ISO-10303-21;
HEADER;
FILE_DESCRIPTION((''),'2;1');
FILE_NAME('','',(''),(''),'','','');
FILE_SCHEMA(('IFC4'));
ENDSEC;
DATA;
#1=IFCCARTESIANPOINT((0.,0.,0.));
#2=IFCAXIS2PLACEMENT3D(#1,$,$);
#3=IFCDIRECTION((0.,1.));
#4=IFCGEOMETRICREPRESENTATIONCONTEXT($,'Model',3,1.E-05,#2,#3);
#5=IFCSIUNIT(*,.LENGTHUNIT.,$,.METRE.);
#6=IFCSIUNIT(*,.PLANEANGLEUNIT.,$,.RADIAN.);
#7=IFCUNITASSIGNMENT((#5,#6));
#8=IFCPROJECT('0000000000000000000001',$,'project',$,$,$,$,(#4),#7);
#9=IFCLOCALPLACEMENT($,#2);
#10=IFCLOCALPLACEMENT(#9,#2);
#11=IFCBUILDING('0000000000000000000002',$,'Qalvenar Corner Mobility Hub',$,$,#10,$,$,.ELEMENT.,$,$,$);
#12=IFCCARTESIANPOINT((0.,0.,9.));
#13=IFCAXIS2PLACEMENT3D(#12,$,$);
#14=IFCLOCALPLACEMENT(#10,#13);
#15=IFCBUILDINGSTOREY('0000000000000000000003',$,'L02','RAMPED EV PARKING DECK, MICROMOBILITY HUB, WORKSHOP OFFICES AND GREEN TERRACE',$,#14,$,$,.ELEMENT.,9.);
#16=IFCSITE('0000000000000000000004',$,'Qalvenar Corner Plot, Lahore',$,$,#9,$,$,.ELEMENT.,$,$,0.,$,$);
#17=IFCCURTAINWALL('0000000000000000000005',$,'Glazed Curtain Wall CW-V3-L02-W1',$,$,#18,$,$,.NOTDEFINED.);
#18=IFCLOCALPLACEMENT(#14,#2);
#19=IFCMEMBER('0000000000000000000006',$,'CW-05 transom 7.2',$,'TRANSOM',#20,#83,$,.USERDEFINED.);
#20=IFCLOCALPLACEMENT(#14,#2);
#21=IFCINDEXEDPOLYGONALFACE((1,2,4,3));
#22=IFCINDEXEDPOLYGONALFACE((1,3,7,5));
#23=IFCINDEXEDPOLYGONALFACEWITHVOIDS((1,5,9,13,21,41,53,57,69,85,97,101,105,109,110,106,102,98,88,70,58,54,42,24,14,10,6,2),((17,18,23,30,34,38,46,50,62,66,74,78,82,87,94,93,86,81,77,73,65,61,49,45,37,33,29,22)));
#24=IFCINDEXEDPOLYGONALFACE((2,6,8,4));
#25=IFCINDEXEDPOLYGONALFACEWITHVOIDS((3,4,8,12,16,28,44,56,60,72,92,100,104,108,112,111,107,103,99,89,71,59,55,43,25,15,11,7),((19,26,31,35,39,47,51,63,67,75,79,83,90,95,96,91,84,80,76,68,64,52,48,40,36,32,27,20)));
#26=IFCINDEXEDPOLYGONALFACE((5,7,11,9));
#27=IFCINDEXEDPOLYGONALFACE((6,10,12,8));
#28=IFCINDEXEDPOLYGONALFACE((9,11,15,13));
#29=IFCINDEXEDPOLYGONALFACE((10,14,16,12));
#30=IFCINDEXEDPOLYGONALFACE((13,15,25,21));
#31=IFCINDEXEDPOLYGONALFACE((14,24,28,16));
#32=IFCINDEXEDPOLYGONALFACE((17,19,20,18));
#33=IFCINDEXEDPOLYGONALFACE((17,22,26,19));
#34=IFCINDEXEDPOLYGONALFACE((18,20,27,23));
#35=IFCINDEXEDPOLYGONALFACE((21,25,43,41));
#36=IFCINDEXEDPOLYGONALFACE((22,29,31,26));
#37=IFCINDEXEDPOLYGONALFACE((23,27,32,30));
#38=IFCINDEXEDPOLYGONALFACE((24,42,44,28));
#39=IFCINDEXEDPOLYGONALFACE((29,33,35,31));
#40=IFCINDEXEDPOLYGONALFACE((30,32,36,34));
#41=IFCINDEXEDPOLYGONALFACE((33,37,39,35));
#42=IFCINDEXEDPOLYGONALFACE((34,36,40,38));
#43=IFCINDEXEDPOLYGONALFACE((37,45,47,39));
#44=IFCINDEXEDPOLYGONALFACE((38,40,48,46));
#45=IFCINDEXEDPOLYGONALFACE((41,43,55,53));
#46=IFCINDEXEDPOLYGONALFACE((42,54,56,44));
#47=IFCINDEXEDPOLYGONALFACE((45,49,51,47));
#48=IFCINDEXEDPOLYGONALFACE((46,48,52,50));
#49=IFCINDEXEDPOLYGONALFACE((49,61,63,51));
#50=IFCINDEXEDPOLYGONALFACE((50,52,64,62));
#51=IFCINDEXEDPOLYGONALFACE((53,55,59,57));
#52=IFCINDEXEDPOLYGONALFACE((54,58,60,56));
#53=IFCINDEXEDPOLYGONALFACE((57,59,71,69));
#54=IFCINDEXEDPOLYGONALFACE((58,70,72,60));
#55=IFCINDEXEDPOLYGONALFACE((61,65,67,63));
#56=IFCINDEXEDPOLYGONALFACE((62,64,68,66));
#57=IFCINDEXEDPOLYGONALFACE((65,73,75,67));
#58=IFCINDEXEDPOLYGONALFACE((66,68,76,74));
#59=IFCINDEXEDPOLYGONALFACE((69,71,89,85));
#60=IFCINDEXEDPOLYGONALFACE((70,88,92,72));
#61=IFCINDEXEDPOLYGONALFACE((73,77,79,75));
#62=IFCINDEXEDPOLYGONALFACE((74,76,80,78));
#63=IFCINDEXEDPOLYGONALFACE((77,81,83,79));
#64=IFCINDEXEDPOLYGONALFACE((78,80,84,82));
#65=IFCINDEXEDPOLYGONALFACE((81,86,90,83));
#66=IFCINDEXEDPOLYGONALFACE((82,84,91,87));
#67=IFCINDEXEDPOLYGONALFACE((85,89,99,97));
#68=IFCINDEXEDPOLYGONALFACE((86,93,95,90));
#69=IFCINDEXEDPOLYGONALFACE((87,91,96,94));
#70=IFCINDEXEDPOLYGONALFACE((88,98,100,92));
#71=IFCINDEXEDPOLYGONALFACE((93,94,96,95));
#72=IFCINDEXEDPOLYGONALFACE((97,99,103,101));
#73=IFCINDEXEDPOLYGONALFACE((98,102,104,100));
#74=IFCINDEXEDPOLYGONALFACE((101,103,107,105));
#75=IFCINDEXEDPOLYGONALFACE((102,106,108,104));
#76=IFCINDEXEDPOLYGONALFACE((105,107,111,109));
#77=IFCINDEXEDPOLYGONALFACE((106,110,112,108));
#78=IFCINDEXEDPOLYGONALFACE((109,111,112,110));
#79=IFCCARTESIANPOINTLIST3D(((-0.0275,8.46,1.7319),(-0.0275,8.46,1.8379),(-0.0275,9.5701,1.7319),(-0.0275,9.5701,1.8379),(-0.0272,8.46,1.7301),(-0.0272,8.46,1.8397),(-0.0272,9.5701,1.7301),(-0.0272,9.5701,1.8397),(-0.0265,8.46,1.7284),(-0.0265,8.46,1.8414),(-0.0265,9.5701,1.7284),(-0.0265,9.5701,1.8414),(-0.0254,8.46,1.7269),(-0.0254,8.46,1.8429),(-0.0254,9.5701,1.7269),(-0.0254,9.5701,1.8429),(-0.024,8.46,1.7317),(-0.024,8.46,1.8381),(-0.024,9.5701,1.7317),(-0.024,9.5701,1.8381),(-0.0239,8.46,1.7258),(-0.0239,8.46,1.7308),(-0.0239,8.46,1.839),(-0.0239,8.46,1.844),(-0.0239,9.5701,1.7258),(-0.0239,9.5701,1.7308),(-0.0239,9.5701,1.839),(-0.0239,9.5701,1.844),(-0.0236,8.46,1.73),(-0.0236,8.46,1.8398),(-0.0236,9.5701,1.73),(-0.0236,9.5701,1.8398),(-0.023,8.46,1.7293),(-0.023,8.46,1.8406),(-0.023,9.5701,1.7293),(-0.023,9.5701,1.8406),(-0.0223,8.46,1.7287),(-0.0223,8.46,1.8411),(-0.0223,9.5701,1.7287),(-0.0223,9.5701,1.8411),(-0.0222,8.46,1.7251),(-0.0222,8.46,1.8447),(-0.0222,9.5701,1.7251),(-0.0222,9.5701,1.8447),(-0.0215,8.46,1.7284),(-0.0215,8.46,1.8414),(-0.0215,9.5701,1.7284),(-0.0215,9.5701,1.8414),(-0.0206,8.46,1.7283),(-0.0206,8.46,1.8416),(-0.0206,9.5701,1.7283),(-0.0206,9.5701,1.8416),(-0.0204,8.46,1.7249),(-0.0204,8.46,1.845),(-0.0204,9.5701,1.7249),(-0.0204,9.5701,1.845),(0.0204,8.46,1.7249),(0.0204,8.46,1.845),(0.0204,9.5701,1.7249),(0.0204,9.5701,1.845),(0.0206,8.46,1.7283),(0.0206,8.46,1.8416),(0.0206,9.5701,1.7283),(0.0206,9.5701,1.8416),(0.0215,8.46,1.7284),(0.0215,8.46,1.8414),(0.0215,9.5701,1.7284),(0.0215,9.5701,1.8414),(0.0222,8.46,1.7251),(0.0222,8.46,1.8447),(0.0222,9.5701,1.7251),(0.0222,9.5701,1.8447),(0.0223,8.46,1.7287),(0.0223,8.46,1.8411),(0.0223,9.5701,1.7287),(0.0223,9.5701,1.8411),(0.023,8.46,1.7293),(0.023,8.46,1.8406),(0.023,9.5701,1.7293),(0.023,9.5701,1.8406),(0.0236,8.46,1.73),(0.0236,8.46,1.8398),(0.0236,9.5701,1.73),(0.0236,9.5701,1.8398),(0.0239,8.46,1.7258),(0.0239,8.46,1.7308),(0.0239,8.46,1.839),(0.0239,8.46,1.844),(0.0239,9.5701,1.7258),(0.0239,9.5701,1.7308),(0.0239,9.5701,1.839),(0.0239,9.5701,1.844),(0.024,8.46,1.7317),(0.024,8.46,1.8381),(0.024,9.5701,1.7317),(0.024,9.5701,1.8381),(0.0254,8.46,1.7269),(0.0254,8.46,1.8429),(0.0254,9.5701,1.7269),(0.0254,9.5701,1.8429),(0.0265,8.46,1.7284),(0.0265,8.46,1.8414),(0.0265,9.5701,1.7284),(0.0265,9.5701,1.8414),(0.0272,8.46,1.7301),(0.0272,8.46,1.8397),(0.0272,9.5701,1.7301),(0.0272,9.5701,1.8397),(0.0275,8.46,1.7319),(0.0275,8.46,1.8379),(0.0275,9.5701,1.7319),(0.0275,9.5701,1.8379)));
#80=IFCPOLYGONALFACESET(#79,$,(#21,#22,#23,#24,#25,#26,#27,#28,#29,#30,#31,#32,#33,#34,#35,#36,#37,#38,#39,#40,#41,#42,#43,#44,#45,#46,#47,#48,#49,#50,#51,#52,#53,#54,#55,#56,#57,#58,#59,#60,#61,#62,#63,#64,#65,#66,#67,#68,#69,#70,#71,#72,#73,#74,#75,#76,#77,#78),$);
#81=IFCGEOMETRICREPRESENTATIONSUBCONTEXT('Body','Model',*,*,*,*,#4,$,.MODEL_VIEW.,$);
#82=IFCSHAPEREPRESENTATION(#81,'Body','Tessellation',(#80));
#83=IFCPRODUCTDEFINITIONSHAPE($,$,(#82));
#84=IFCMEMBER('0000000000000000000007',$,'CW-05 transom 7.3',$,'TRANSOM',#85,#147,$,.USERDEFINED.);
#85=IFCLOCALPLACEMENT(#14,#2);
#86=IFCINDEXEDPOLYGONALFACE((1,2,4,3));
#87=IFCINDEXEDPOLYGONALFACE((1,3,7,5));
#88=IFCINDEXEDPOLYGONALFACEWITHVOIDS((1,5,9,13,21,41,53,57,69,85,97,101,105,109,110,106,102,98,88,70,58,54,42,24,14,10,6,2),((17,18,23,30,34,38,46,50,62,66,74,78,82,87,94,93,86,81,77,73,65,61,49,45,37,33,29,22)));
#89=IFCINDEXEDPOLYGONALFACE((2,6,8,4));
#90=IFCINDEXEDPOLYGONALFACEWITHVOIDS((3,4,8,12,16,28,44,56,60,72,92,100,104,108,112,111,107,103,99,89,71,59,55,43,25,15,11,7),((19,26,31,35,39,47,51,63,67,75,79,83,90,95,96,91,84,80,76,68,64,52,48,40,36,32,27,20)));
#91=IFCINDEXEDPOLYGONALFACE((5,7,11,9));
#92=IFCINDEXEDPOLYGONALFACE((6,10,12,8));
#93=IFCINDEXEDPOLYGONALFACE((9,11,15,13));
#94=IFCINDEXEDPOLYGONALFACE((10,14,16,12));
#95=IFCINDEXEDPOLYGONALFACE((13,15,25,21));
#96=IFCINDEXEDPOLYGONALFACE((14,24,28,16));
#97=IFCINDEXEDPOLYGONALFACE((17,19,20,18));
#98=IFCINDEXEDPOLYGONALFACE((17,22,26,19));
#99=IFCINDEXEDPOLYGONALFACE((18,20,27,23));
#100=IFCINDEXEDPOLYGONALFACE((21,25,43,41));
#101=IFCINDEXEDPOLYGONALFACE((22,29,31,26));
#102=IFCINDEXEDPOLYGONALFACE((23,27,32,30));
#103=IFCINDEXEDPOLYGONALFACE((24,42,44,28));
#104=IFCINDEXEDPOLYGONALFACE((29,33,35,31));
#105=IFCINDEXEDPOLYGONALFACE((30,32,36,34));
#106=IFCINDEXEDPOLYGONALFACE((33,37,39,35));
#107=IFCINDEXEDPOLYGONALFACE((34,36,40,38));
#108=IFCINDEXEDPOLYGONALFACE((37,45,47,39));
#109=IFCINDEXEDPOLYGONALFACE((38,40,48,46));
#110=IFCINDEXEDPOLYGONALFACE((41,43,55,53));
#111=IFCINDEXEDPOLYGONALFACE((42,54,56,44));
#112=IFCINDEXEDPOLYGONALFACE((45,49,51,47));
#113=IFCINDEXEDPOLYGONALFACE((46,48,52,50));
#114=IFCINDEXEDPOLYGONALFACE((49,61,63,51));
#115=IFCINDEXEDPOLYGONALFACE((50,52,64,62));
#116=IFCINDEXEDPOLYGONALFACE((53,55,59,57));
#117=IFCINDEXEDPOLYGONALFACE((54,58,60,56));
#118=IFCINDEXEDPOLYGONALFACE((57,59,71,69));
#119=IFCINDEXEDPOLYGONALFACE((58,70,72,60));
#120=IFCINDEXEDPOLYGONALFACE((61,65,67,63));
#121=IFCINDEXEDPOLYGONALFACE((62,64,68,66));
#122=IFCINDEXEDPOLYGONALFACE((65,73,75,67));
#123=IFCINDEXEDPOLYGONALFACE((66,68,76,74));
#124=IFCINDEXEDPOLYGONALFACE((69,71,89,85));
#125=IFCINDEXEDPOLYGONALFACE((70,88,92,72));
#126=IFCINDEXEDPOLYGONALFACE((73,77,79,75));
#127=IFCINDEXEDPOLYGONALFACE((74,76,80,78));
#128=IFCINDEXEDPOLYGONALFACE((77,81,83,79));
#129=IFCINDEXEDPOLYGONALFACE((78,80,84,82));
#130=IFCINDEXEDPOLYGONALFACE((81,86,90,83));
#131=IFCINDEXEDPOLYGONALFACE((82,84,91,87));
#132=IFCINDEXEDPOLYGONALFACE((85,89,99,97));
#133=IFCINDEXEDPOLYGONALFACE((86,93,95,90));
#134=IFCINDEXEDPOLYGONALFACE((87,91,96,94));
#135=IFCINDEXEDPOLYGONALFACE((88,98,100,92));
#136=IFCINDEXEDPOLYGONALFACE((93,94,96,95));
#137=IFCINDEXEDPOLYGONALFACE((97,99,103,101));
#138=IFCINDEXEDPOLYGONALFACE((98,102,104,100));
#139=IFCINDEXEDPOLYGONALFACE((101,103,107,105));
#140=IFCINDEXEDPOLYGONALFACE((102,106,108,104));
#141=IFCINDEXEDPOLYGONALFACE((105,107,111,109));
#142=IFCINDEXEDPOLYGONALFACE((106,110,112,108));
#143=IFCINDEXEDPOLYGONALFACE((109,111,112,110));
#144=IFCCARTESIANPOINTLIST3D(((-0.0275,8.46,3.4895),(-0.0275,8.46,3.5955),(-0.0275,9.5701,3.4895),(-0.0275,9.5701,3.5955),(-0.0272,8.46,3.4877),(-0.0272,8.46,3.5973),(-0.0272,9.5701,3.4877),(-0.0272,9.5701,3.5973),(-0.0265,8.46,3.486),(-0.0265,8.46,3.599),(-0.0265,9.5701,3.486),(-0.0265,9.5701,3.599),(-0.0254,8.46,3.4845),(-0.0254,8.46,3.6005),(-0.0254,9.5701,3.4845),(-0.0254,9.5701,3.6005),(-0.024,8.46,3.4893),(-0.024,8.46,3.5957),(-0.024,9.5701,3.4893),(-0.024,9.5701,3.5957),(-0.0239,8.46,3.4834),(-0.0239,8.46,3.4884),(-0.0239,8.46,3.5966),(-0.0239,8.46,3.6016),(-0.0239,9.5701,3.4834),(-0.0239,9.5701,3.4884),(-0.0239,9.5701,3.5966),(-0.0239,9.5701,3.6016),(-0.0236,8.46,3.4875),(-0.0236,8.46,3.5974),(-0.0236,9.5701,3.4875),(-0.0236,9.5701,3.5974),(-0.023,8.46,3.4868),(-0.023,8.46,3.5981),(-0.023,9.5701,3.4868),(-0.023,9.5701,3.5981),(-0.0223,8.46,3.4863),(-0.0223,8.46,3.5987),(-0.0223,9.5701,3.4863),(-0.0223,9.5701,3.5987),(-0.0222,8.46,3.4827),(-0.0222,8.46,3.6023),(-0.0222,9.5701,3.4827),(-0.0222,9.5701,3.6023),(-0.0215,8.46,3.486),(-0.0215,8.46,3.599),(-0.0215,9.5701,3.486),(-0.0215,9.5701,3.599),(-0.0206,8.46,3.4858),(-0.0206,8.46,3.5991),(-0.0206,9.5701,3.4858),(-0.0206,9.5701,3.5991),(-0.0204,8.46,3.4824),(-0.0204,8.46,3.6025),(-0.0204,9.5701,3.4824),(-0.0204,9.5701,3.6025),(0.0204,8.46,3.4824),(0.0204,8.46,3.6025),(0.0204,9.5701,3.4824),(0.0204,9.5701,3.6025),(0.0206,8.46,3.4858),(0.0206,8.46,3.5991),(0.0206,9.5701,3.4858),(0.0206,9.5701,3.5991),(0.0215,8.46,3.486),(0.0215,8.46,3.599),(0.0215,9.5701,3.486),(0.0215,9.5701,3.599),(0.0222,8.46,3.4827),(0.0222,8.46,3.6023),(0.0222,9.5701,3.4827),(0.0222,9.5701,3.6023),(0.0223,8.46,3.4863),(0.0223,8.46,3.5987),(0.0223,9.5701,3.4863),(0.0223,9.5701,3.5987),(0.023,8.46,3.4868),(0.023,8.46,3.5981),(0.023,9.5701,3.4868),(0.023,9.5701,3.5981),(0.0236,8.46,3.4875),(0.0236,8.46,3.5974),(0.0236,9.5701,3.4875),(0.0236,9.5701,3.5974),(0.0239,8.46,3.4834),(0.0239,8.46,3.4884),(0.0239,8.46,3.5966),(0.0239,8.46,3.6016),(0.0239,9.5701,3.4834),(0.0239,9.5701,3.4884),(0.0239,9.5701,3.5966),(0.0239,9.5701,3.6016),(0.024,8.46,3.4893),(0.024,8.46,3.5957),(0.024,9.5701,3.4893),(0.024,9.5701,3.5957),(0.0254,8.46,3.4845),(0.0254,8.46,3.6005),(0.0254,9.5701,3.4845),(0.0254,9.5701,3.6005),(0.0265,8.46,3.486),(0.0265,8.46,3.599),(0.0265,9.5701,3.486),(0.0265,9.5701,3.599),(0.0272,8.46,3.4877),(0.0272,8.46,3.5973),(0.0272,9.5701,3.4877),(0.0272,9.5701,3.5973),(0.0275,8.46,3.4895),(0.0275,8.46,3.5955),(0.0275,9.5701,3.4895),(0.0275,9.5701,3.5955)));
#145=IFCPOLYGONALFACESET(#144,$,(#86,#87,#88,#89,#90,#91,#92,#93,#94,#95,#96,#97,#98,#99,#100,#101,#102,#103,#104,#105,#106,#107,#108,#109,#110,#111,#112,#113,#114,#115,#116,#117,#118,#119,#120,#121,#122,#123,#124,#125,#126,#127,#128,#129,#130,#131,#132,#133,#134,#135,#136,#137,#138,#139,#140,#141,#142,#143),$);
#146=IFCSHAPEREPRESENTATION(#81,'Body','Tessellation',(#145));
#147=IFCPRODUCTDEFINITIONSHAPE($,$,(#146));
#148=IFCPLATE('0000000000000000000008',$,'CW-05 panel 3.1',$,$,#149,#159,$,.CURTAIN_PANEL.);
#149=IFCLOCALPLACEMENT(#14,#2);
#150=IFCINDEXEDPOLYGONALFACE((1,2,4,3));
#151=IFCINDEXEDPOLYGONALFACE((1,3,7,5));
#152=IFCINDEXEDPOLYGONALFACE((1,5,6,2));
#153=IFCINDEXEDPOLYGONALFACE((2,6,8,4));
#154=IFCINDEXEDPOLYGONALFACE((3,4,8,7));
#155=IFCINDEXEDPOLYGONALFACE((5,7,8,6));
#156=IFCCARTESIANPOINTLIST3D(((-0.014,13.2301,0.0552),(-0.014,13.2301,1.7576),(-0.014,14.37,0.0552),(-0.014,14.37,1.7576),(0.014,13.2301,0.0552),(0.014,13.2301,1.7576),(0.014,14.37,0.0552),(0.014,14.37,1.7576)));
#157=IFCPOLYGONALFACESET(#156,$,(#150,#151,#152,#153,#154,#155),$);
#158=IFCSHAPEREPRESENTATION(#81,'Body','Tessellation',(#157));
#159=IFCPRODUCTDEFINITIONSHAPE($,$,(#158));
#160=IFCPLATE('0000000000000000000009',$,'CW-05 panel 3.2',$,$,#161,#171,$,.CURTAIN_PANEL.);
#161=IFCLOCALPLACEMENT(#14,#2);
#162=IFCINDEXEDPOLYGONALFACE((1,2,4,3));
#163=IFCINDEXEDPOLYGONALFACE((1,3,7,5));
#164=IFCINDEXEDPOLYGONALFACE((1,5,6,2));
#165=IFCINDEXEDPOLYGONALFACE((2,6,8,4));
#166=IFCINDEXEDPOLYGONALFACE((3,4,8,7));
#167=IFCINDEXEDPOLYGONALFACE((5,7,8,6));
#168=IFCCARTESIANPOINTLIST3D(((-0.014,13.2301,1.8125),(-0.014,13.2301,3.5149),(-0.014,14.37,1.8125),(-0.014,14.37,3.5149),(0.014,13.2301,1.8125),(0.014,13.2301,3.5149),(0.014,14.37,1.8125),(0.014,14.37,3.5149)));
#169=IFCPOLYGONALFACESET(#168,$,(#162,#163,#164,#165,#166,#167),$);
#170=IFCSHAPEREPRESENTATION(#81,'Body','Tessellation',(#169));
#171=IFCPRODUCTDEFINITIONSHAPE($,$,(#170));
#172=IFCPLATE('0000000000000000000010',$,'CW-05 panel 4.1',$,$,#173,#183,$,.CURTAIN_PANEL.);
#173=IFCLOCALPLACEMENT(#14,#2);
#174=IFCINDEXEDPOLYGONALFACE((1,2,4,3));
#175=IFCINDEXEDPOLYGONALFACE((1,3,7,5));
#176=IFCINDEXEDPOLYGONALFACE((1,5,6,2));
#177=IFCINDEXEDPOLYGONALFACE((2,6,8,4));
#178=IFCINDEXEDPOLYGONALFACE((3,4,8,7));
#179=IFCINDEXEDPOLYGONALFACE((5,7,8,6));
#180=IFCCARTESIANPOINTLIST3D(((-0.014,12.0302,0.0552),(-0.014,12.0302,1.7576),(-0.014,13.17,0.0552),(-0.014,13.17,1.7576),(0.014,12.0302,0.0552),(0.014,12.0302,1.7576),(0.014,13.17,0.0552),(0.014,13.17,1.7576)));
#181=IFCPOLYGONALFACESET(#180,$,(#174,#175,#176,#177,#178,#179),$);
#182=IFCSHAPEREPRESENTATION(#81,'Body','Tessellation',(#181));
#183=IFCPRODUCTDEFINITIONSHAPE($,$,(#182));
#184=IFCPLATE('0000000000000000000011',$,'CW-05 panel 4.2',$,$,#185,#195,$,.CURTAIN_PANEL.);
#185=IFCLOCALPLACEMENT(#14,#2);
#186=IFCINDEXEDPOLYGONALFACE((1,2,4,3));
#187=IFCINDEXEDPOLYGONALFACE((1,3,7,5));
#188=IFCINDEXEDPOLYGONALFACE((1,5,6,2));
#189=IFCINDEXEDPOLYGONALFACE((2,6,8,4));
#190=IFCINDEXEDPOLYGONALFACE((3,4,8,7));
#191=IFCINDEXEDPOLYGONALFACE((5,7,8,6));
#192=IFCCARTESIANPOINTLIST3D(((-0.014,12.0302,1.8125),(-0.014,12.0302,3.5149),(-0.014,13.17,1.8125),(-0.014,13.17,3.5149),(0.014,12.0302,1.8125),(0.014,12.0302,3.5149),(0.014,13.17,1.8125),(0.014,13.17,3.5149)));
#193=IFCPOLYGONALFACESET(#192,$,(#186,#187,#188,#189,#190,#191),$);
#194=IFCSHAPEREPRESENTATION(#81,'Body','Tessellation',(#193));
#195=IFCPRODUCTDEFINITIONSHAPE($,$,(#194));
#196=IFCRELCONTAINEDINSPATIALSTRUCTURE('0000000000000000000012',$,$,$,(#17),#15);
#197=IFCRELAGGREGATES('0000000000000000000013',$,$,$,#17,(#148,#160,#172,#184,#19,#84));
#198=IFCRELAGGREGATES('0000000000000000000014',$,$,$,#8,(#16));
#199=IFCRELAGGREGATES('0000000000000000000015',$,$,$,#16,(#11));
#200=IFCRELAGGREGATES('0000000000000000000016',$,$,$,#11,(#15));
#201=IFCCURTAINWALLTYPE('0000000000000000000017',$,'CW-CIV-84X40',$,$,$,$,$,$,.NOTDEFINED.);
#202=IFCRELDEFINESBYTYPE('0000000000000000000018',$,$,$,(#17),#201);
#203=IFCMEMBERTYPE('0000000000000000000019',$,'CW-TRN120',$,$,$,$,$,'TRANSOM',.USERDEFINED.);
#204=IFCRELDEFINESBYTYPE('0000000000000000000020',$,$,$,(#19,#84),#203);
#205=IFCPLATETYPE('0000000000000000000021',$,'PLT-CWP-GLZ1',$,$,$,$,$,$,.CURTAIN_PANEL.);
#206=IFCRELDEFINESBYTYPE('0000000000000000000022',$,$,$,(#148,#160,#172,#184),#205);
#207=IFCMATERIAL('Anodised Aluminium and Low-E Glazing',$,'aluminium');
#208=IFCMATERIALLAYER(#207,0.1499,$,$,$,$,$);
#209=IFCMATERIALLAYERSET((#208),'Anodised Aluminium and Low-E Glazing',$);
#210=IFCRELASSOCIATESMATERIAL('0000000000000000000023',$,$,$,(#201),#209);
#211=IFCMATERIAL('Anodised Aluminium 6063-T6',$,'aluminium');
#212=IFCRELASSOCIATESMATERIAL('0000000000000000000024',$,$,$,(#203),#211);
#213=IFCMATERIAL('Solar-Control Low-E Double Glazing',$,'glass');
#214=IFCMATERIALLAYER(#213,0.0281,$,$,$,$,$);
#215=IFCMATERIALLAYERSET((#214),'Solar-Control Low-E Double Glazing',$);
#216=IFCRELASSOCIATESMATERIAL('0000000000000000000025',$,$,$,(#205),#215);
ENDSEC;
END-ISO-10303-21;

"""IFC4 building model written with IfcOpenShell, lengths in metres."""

from ifc_helpers import new_model, si_unit, direction, frame, origin, origin_2d, place, context, subcontext, project, spatial, rectangle, hollow_rectangle, extrude, material, layer, layer_set, material_profile, profile_set, type_object, element, aggregate, save


model = new_model("IFC4")

# Units and contexts
model_context = context("Model", 3, precision=1e-05, world=origin(), true_north=direction((0.0, 1.0)))
body_context = subcontext(model_context, "Body", "Model", "MODEL_VIEW")
ifc_project = project(units=[si_unit("LENGTHUNIT", "METRE"), si_unit("PLANEANGLEUNIT", "RADIAN")], contexts=[model_context])

# Site, building, storey
site_placement = place(None, origin())
site = spatial("IfcSite", under=ifc_project, at=site_placement, Name="Qalvenar Corner Plot, Lahore", CompositionType="ELEMENT", RefElevation=0.0)
building_placement = place(site_placement, origin())
building = spatial("IfcBuilding", under=site, at=building_placement, Name="Qalvenar Corner Mobility Hub", CompositionType="ELEMENT")
storey_placement = place(building_placement, frame((0.0, 0.0, 9.0)))
storey = spatial("IfcBuildingStorey", under=building, at=storey_placement, Name="L02", Description="RAMPED EV PARKING DECK, MICROMOBILITY HUB, WORKSHOP OFFICES AND GREEN TERRACE", CompositionType="ELEMENT", Elevation=9.0)

# Curtain wall, members, plates
ifc_material_1 = material(Name="Anodised Aluminium and Low-E Glazing", Category="aluminium")
ifc_layer_1 = layer(ifc_material_1, 0.1499)
ifc_layer_set_1 = layer_set([ifc_layer_1], Name="Anodised Aluminium and Low-E Glazing")
curtain_wall_type = type_object("IfcCurtainWallType", Name="CW-CIV-84X40", PredefinedType="NOTDEFINED", material=ifc_layer_set_1)
curtain_wall_placement = place(storey_placement, origin())
curtain_wall = element("IfcCurtainWall", 1, at=curtain_wall_placement, inside=storey, type_object=curtain_wall_type, Name="Glazed Curtain Wall CW-V3-L02-W1", PredefinedType="NOTDEFINED")
ifc_material_2 = material(Name="Anodised Aluminium 6063-T6", Category="aluminium")
ifc_material_profile_1 = material_profile(ifc_material_2, hollow_rectangle(XDim=0.0549, YDim=0.1201, WallThickness=0.0034, InnerFilletRadius=0.0034, OuterFilletRadius=0.0071, at=origin_2d()), Name="RHS120x55x3.5")
ifc_profile_set_1 = profile_set([ifc_material_profile_1], Name="Anodised Aluminium 6063-T6")
member_type_1 = type_object("IfcMemberType", Name="CW-TRN120", ElementType="TRANSOM", PredefinedType="USERDEFINED", material=ifc_profile_set_1)
member_1_placement = place(storey_placement, frame((0.0, 9.5701, 1.7849), z_axis=(0.0, -1.0, 0.0), x_axis=(1.0, 0.0, 0.0)))
member_1 = element("IfcMember", 2, at=member_1_placement, type_object=member_type_1, Name="CW-05 transom 7.2", ObjectType="TRANSOM", PredefinedType="USERDEFINED", context=body_context, shape_type="SweptSolid", body=[
    extrude(hollow_rectangle(XDim=0.0549, YDim=0.1201, WallThickness=0.0034, InnerFilletRadius=0.0034, OuterFilletRadius=0.0071, at=origin_2d()), origin(), (0.0, 0.0, 1.0), 1.1101),
])
member_2_placement = place(storey_placement, frame((0.0, 9.5701, 3.5425), z_axis=(0.0, -1.0, 0.0), x_axis=(1.0, 0.0, 0.0)))
member_2 = element("IfcMember", 3, at=member_2_placement, type_object=member_type_1, Name="CW-05 transom 7.3", ObjectType="TRANSOM", PredefinedType="USERDEFINED", context=body_context, shape_type="SweptSolid", body=[
    extrude(hollow_rectangle(XDim=0.0549, YDim=0.1201, WallThickness=0.0034, InnerFilletRadius=0.0034, OuterFilletRadius=0.0071, at=origin_2d()), origin(), (0.0, 0.0, 1.0), 1.1101),
])
ifc_material_3 = material(Name="Solar-Control Low-E Double Glazing", Category="glass")
ifc_layer_2 = layer(ifc_material_3, 0.0281)
ifc_layer_set_2 = layer_set([ifc_layer_2], Name="Solar-Control Low-E Double Glazing")
plate_type = type_object("IfcPlateType", Name="PLT-CWP-GLZ1", PredefinedType="CURTAIN_PANEL", material=ifc_layer_set_2)
plate_1_placement = place(storey_placement, frame((0.0, 13.8, 0.0552), z_axis=(0.0, 0.0, 1.0), x_axis=(0.0, -1.0, 0.0)))
plate_1 = element("IfcPlate", 4, at=plate_1_placement, type_object=plate_type, Name="CW-05 panel 3.1", PredefinedType="CURTAIN_PANEL", context=body_context, shape_type="SweptSolid", body=[
    extrude(rectangle(XDim=1.1399, YDim=0.0281, at=origin_2d()), origin(), (0.0, 0.0, 1.0), 1.7024),
])
plate_2_placement = place(storey_placement, frame((0.0, 13.8, 1.8125), z_axis=(0.0, 0.0, 1.0), x_axis=(0.0, -1.0, 0.0)))
plate_2 = element("IfcPlate", 5, at=plate_2_placement, type_object=plate_type, Name="CW-05 panel 3.2", PredefinedType="CURTAIN_PANEL", context=body_context, shape_type="SweptSolid", body=[
    extrude(rectangle(XDim=1.1399, YDim=0.0281, at=origin_2d()), origin(), (0.0, 0.0, 1.0), 1.7024),
])
plate_3_placement = place(storey_placement, frame((0.0, 12.6001, 0.0552), z_axis=(0.0, 0.0, 1.0), x_axis=(0.0, -1.0, 0.0)))
plate_3 = element("IfcPlate", 6, at=plate_3_placement, type_object=plate_type, Name="CW-05 panel 4.1", PredefinedType="CURTAIN_PANEL", context=body_context, shape_type="SweptSolid", body=[
    extrude(rectangle(XDim=1.1399, YDim=0.0281, at=origin_2d()), origin(), (0.0, 0.0, 1.0), 1.7024),
])
plate_4_placement = place(storey_placement, frame((0.0, 12.6001, 1.8125), z_axis=(0.0, 0.0, 1.0), x_axis=(0.0, -1.0, 0.0)))
plate_4 = element("IfcPlate", 7, at=plate_4_placement, type_object=plate_type, Name="CW-05 panel 4.2", PredefinedType="CURTAIN_PANEL", context=body_context, shape_type="SweptSolid", body=[
    extrude(rectangle(XDim=1.1399, YDim=0.0281, at=origin_2d()), origin(), (0.0, 0.0, 1.0), 1.7024),
])
aggregate(curtain_wall, [plate_1, plate_2, plate_3, plate_4, member_1, member_2])

save(model, "model.ifc")
